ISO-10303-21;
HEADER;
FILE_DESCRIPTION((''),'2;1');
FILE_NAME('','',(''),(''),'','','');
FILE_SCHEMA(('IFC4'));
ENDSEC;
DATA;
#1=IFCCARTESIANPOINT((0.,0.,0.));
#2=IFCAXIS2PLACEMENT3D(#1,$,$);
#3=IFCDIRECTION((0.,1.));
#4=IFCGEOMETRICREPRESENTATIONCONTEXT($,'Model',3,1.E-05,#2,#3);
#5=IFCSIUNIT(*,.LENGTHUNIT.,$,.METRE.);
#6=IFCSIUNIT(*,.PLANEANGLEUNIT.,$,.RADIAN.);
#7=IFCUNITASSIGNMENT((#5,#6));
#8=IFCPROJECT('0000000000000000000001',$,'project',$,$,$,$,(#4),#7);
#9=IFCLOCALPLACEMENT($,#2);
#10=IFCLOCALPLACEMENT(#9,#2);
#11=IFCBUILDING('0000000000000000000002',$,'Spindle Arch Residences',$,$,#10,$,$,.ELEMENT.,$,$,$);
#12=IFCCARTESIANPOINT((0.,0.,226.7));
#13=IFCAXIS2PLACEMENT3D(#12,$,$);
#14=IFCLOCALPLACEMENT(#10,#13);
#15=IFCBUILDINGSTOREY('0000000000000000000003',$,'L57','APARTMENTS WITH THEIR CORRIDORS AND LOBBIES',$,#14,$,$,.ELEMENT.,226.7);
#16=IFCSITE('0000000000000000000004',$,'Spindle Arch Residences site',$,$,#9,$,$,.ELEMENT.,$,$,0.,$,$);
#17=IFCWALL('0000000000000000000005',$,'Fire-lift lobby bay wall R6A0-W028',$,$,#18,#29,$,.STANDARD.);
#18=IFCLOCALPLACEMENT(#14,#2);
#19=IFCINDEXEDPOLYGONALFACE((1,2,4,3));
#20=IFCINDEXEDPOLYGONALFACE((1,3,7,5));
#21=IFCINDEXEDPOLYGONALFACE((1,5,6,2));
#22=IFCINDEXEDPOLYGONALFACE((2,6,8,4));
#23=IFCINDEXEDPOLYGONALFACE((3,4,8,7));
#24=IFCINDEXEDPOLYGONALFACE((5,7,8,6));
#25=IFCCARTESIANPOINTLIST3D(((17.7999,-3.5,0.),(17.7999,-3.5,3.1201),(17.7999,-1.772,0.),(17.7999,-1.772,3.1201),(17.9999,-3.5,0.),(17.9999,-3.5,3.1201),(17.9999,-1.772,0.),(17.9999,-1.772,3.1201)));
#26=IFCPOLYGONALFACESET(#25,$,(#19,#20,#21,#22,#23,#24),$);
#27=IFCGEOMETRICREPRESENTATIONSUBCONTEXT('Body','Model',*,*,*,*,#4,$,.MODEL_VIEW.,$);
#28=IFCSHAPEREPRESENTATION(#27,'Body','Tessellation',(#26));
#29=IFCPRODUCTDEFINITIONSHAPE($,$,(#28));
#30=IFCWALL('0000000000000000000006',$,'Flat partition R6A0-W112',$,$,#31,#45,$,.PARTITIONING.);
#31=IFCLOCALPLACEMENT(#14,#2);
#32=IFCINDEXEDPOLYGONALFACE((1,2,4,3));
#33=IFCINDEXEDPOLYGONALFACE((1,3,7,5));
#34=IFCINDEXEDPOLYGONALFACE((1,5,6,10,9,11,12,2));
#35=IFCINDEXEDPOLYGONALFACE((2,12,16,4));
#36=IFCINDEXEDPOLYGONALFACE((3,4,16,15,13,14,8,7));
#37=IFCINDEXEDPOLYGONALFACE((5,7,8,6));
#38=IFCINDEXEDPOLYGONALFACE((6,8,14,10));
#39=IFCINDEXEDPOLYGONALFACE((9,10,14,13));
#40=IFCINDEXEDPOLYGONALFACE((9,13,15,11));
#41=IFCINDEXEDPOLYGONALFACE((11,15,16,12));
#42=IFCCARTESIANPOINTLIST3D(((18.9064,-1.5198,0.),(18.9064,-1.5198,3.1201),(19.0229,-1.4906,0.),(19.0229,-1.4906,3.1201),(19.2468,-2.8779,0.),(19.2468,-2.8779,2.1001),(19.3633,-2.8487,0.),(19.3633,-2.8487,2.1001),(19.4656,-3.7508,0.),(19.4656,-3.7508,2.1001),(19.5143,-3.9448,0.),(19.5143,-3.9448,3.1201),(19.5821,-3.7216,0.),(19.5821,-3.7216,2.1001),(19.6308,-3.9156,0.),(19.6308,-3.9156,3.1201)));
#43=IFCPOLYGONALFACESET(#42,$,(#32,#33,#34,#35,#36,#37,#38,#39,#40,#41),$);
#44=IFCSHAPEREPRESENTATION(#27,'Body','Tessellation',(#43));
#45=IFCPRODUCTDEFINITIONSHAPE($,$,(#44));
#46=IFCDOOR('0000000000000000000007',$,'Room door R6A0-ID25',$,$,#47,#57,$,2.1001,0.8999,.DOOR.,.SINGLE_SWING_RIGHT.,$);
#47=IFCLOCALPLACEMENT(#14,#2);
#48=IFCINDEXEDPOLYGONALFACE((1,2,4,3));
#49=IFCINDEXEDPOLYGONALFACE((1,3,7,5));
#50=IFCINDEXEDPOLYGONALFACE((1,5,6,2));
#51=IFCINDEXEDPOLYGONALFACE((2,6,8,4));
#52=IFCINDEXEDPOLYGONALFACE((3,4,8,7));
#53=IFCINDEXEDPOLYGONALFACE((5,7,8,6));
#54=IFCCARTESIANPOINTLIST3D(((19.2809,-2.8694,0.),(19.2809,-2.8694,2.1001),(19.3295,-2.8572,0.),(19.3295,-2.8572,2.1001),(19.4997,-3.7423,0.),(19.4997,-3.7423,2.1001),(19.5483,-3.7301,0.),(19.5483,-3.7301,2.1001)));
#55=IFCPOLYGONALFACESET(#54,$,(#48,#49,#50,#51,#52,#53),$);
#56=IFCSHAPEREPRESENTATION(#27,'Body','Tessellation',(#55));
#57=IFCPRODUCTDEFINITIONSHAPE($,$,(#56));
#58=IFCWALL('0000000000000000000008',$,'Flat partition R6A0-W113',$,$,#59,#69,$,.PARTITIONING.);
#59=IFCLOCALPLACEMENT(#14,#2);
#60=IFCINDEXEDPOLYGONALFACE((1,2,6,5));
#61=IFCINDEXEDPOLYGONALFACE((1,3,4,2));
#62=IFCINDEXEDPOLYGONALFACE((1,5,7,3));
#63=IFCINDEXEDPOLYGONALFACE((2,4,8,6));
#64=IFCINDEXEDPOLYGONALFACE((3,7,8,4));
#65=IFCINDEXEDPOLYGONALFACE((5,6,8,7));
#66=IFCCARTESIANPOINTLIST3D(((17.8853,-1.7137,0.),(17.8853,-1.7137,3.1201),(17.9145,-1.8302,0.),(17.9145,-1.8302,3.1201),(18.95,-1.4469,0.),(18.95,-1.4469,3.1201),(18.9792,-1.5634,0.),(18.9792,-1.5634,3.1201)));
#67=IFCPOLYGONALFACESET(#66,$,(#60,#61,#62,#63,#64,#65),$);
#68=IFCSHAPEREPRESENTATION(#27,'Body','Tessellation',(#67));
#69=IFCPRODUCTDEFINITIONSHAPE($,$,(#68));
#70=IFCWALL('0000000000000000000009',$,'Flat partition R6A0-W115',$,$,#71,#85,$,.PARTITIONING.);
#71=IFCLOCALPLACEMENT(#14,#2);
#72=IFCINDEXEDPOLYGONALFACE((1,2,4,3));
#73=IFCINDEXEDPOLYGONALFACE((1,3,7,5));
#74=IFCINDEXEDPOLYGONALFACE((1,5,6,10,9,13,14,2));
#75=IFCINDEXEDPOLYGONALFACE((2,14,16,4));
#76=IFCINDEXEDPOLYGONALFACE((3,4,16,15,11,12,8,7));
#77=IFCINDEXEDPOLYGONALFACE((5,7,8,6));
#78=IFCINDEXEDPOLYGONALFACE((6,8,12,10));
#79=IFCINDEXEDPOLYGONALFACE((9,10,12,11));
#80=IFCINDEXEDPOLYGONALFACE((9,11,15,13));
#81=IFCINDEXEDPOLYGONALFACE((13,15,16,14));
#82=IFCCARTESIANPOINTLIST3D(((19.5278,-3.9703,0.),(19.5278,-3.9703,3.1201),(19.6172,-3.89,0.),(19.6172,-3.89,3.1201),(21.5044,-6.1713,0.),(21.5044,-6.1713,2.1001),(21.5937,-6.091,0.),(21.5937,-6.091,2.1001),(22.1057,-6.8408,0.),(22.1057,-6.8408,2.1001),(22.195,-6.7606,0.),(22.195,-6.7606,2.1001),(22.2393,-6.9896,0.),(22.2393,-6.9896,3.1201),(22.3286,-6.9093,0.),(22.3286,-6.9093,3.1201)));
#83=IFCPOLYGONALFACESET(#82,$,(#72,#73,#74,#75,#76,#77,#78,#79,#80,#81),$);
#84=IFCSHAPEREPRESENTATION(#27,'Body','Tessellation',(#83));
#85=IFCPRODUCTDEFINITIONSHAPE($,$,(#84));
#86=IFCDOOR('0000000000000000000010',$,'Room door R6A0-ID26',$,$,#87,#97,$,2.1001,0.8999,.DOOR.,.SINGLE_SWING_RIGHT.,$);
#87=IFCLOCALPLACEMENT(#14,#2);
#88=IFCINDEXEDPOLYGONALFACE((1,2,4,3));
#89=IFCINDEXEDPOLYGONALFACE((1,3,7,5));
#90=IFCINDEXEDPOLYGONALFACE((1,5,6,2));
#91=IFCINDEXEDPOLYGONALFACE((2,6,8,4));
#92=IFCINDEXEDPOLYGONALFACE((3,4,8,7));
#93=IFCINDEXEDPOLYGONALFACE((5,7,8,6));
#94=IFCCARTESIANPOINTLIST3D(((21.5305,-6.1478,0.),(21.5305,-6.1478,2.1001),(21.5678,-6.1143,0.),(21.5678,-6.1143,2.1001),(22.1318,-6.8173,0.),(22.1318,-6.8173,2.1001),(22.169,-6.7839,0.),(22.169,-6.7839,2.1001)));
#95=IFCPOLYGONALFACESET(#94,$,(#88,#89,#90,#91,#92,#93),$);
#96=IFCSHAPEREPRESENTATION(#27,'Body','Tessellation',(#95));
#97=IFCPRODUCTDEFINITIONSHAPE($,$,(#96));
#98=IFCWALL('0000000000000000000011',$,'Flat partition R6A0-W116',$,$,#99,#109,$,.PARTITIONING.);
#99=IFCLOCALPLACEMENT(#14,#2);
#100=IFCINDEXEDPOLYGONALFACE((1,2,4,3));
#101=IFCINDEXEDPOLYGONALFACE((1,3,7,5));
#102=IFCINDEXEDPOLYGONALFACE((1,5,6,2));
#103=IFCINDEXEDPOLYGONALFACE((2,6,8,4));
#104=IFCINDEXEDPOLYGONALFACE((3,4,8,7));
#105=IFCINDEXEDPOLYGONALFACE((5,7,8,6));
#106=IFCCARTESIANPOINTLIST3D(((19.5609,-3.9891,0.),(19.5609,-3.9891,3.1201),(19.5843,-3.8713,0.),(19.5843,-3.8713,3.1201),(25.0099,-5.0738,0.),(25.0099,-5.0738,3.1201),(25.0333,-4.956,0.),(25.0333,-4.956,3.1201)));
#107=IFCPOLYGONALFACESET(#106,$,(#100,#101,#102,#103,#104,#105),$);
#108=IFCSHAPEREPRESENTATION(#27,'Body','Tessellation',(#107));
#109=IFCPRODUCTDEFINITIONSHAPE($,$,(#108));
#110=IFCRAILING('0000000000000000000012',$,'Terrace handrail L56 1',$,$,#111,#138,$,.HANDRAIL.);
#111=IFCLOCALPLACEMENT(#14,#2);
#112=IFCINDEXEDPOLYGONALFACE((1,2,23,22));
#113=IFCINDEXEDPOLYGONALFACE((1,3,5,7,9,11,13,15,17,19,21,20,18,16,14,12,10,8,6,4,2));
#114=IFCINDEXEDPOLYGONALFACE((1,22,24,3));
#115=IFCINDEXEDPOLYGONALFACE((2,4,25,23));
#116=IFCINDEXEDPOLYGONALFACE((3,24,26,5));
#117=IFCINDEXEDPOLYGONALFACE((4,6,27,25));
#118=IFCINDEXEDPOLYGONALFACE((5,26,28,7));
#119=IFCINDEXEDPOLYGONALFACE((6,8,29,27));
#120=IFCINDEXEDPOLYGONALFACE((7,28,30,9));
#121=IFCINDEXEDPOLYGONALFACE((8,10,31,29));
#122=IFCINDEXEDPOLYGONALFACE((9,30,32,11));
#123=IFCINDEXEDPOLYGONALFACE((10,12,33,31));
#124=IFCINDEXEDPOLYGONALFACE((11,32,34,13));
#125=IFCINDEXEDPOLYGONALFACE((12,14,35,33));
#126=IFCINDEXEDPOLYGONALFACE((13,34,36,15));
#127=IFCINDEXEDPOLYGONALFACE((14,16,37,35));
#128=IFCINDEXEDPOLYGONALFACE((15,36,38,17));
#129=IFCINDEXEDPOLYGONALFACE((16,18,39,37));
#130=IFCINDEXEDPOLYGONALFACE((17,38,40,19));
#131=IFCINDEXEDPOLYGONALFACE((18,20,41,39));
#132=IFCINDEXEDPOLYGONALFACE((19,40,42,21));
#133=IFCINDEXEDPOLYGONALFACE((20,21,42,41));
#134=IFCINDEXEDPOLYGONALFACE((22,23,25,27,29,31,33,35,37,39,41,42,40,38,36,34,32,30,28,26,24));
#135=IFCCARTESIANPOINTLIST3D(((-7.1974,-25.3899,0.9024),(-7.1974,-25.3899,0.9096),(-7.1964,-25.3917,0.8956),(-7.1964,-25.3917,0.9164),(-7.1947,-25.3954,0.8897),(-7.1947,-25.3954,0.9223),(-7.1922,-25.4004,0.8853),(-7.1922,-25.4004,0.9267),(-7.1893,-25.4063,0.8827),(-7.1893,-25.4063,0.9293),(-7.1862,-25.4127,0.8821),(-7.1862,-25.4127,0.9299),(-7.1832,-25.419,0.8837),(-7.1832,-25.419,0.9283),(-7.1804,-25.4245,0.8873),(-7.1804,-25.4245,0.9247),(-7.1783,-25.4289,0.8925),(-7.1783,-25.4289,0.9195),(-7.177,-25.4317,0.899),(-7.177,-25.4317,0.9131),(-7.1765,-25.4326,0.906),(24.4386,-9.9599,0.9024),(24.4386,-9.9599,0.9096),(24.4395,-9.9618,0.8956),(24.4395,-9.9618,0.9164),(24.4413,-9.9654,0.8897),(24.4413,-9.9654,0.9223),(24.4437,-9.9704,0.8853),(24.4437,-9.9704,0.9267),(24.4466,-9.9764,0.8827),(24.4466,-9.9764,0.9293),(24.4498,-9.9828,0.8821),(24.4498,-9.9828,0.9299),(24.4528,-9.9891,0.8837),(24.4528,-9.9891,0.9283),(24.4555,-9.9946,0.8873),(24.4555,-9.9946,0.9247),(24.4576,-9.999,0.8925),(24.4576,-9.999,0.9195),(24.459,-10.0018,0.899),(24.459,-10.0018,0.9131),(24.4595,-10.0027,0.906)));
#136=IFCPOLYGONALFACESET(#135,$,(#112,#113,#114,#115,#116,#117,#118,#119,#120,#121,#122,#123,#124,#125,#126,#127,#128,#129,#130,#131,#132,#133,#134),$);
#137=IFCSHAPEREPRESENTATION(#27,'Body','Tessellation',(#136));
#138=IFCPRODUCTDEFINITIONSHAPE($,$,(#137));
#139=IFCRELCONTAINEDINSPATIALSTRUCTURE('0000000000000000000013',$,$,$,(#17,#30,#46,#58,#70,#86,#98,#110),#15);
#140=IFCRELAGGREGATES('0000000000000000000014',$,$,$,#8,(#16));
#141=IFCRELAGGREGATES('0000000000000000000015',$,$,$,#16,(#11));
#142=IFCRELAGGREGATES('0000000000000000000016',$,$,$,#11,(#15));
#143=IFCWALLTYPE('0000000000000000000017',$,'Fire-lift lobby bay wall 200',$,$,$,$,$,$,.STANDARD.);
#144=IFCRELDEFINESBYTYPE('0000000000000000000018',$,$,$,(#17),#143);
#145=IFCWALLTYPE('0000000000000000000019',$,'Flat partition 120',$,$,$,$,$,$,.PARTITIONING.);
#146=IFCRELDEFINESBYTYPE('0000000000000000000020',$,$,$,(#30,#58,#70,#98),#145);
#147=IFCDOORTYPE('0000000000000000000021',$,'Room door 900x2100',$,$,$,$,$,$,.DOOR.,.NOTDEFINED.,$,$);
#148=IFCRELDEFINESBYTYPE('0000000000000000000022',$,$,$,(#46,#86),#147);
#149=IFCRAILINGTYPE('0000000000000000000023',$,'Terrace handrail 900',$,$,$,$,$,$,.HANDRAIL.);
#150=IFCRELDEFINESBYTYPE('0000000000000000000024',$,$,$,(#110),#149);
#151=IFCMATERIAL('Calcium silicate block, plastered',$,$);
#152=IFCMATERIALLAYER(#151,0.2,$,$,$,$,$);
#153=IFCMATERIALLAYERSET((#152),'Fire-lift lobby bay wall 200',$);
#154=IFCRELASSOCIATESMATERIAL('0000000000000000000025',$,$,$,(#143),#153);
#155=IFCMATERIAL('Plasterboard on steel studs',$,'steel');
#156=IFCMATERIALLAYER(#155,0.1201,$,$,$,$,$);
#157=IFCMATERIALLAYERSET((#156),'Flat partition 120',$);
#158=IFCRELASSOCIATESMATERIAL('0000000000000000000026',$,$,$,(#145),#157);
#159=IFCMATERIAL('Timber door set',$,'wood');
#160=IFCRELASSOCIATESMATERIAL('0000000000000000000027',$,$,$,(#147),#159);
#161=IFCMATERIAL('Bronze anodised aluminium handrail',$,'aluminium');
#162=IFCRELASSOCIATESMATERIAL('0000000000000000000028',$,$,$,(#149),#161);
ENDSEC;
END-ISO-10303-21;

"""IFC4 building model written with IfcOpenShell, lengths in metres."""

from ifc_helpers import new_model, si_unit, direction, frame, frame_2d, origin, origin_2d, place, context, subcontext, project, spatial, rectangle, circle, extrude, material, layer, layer_set, type_object, element, fill, save


model = new_model("IFC4")

# Units and contexts
model_context = context("Model", 3, precision=1e-05, world=origin(), true_north=direction((0.0, 1.0)))
body_context = subcontext(model_context, "Body", "Model", "MODEL_VIEW")
ifc_project = project(units=[si_unit("LENGTHUNIT", "METRE"), si_unit("PLANEANGLEUNIT", "RADIAN")], contexts=[model_context])

# Site, building, storey
site_placement = place(None, origin())
site = spatial("IfcSite", under=ifc_project, at=site_placement, Name="Spindle Arch Residences site", CompositionType="ELEMENT", RefElevation=0.0)
building_placement = place(site_placement, origin())
building = spatial("IfcBuilding", under=site, at=building_placement, Name="Spindle Arch Residences", CompositionType="ELEMENT")
storey_placement = place(building_placement, frame((0.0, 0.0, 226.7)))
storey = spatial("IfcBuildingStorey", under=building, at=storey_placement, Name="L57", Description="APARTMENTS WITH THEIR CORRIDORS AND LOBBIES", CompositionType="ELEMENT", Elevation=226.7)

# Wall
ifc_material_1 = material(Name="Calcium silicate block, plastered")
ifc_layer_1 = layer(ifc_material_1, 0.2)
ifc_layer_set_1 = layer_set([ifc_layer_1], Name="Fire-lift lobby bay wall 200")
wall_type_1 = type_object("IfcWallType", Name="Fire-lift lobby bay wall 200", PredefinedType="STANDARD", material=ifc_layer_set_1)
wall_1_placement = place(storey_placement, frame((17.8999, -3.5, 0.0), z_axis=(0.0, 0.0, 1.0), x_axis=(0.0, 1.0, 0.0)))
element("IfcWall", 1, at=wall_1_placement, inside=storey, type_object=wall_type_1, Name="Fire-lift lobby bay wall R6A0-W028", PredefinedType="STANDARD", context=body_context, shape_type="SweptSolid", body=[
    extrude(rectangle(XDim=1.728, YDim=0.2, at=frame_2d((0.864, 0.0))), origin(), (0.0, 0.0, 1.0), 3.1201),
])

# Wall, opening, door
ifc_material_2 = material(Name="Plasterboard on steel studs", Category="steel")
ifc_layer_2 = layer(ifc_material_2, 0.1201)
ifc_layer_set_2 = layer_set([ifc_layer_2], Name="Flat partition 120")
wall_type_2 = type_object("IfcWallType", Name="Flat partition 120", PredefinedType="PARTITIONING", material=ifc_layer_set_2)
wall_2_placement = place(storey_placement, frame((19.5725, -3.9302, 0.0), z_axis=(0.0, 0.0, 1.0), x_axis=(-0.243156, 0.969987, 0.0)))
wall_2 = element("IfcWall", 2, at=wall_2_placement, inside=storey, type_object=wall_type_2, Name="Flat partition R6A0-W112", PredefinedType="PARTITIONING", context=body_context, shape_type="SweptSolid", body=[
    extrude(rectangle(XDim=2.5, YDim=0.1201, at=frame_2d((1.25, 0.0))), origin(), (0.0, 0.0, 1.0), 3.1201),
])
opening_1_placement = place(wall_2_placement, frame((0.2, 0.0, 0.0)))
opening_1 = element("IfcOpeningElement", 3, at=opening_1_placement, cuts=wall_2, PredefinedType="OPENING", context=body_context, shape_type="SweptSolid", body=[
    extrude(rectangle(XDim=0.8999, YDim=2.1001, at=frame_2d((0.45, 1.05))), frame((0.0, 0.0701, 0.0), z_axis=(0.0, -1.0, 0.0), x_axis=(1.0, 0.0, 0.0)), (0.0, 0.0, 1.0), 0.1401),
])
ifc_material_3 = material(Name="Timber door set", Category="wood")
door_type = type_object("IfcDoorType", Name="Room door 900x2100", OperationType="NOTDEFINED", PredefinedType="DOOR", material=ifc_material_3)
door_1_placement = place(opening_1_placement, origin())
door_1 = element("IfcDoor", 4, at=door_1_placement, inside=storey, type_object=door_type, Name="Room door R6A0-ID25", OperationType="SINGLE_SWING_RIGHT", OverallHeight=2.1001, OverallWidth=0.8999, PredefinedType="DOOR", context=body_context, shape_type="SweptSolid", body=[
    extrude(rectangle(XDim=0.8999, YDim=2.1001, at=frame_2d((0.45, 1.05))), frame((0.0, 0.0249, 0.0), z_axis=(0.0, -1.0, 0.0), x_axis=(1.0, 0.0, 0.0)), (0.0, 0.0, 1.0), 0.05),
])
fill(opening_1, door_1)

# Wall
wall_3_placement = place(storey_placement, frame((18.9646, -1.5051, 0.0), z_axis=(0.0, 0.0, 1.0), x_axis=(-0.969998, -0.243111, 0.0)))
element("IfcWall", 5, at=wall_3_placement, inside=storey, type_object=wall_type_2, Name="Flat partition R6A0-W113", PredefinedType="PARTITIONING", context=body_context, shape_type="SweptSolid", body=[
    extrude(rectangle(XDim=1.0977, YDim=0.1201, at=frame_2d((0.5488, 0.0))), origin(), (0.0, 0.0, 1.0), 3.1201),
])

# Wall, opening, door
wall_4_placement = place(storey_placement, frame((22.2839, -6.9495, 0.0), z_axis=(0.0, 0.0, 1.0), x_axis=(-0.668157, 0.744021, 0.0)))
wall_4 = element("IfcWall", 6, at=wall_4_placement, inside=storey, type_object=wall_type_2, Name="Flat partition R6A0-W115", PredefinedType="PARTITIONING", context=body_context, shape_type="SweptSolid", body=[
    extrude(rectangle(XDim=4.0581, YDim=0.1201, at=frame_2d((2.0291, 0.0))), origin(), (0.0, 0.0, 1.0), 3.1201),
])
opening_2_placement = place(wall_4_placement, frame((0.2, 0.0, 0.0)))
opening_2 = element("IfcOpeningElement", 7, at=opening_2_placement, cuts=wall_4, PredefinedType="OPENING", context=body_context, shape_type="SweptSolid", body=[
    extrude(rectangle(XDim=0.8999, YDim=2.1001, at=frame_2d((0.45, 1.05))), frame((0.0, 0.0701, 0.0), z_axis=(0.0, -1.0, 0.0), x_axis=(1.0, 0.0, 0.0)), (0.0, 0.0, 1.0), 0.1401),
])
door_2_placement = place(opening_2_placement, origin())
door_2 = element("IfcDoor", 8, at=door_2_placement, inside=storey, type_object=door_type, Name="Room door R6A0-ID26", OperationType="SINGLE_SWING_RIGHT", OverallHeight=2.1001, OverallWidth=0.8999, PredefinedType="DOOR", context=body_context, shape_type="SweptSolid", body=[
    extrude(rectangle(XDim=0.8999, YDim=2.1001, at=frame_2d((0.45, 1.05))), frame((0.0, 0.0249, 0.0), z_axis=(0.0, -1.0, 0.0), x_axis=(1.0, 0.0, 0.0)), (0.0, 0.0, 1.0), 0.05),
])
fill(opening_2, door_2)

# Wall
wall_5_placement = place(storey_placement, frame((25.0215, -5.0149, 0.0), z_axis=(0.0, 0.0, 1.0), x_axis=(-0.980756, 0.195237, 0.0)))
element("IfcWall", 9, at=wall_5_placement, inside=storey, type_object=wall_type_2, Name="Flat partition R6A0-W116", PredefinedType="PARTITIONING", context=body_context, shape_type="SweptSolid", body=[
    extrude(rectangle(XDim=5.5559, YDim=0.1201, at=frame_2d((2.7778, 0.0))), origin(), (0.0, 0.0, 1.0), 3.1201),
])

# Railing
ifc_material_4 = material(Name="Bronze anodised aluminium handrail", Category="aluminium")
railing_type_1 = type_object("IfcRailingType", Name="Terrace handrail 900", PredefinedType="HANDRAIL", material=ifc_material_4)
railing_1_placement = place(storey_placement, frame((24.449, -9.9812, 0.03)))
element("IfcRailing", 10, at=railing_1_placement, inside=storey, type_object=railing_type_1, Name="Terrace handrail L56 1", PredefinedType="HANDRAIL", context=body_context, shape_type="SweptSolid", body=[
    extrude(circle(Radius=0.0239, at=origin_2d()), frame((0.0, 0.0, 0.876), z_axis=(-0.898794, -0.438372, 0.0), x_axis=(0.438372, -0.898794, 0.0)), (0.0, 0.0, 1.0), 35.1982),
])

save(model, "model.ifc")
